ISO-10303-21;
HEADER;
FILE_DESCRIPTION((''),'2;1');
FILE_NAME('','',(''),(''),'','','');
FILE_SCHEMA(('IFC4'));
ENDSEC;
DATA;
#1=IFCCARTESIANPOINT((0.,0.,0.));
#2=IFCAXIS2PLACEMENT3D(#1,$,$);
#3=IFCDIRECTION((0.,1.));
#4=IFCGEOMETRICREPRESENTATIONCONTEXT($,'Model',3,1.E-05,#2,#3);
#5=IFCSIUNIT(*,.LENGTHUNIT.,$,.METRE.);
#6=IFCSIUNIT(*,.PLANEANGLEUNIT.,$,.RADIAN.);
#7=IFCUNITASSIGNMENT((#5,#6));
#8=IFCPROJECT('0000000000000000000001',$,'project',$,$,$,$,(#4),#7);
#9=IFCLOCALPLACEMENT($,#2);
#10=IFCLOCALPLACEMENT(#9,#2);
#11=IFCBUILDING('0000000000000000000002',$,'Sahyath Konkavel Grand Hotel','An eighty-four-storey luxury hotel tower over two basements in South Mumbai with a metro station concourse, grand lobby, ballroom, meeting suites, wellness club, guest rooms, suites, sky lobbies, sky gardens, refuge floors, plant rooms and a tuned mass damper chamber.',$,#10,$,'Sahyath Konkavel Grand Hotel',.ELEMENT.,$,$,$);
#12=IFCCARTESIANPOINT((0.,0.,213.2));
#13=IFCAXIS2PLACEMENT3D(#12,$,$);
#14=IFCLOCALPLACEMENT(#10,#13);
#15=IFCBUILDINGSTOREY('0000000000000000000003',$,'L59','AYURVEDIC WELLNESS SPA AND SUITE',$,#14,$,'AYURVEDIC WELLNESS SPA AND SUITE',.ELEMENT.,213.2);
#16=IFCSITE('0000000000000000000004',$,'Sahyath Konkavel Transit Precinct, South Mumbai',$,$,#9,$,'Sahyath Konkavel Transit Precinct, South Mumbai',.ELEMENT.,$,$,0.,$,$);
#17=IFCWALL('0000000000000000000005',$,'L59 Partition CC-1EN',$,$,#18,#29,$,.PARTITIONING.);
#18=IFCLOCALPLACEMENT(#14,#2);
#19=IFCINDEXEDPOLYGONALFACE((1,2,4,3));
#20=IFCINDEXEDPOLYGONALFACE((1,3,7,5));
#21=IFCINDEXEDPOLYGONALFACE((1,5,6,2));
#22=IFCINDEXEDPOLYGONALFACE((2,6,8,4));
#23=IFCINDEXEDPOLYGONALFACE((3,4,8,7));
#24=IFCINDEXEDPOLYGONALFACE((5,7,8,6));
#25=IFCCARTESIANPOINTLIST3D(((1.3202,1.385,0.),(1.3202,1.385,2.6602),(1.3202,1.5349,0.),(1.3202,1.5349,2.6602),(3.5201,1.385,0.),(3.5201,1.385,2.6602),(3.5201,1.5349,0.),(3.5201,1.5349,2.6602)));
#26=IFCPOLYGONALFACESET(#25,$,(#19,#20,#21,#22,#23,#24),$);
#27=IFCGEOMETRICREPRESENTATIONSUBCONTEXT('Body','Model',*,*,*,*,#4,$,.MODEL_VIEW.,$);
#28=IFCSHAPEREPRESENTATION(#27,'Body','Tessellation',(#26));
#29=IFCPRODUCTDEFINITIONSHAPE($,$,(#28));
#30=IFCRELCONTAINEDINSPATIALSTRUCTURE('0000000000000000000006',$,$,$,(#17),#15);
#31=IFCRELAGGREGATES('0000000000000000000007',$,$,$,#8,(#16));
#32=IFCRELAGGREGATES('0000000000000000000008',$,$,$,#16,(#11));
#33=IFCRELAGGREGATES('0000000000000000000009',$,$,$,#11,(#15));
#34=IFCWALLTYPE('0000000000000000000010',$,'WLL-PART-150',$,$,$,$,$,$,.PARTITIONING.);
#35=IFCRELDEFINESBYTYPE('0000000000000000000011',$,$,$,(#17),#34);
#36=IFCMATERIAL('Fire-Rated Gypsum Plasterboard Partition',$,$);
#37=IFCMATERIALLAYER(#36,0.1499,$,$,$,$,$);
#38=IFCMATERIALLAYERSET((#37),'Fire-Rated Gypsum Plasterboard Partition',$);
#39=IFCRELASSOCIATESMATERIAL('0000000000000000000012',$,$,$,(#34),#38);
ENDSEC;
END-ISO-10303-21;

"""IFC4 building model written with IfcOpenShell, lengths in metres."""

from ifc_helpers import new_model, si_unit, direction, frame, frame_2d, origin, place, context, subcontext, project, spatial, rectangle, extrude, material, layer, layer_set, type_object, element, save


model = new_model("IFC4")

# Units and contexts
model_context = context("Model", 3, precision=1e-05, world=origin(), true_north=direction((0.0, 1.0)))
body_context = subcontext(model_context, "Body", "Model", "MODEL_VIEW")
ifc_project = project(units=[si_unit("LENGTHUNIT", "METRE"), si_unit("PLANEANGLEUNIT", "RADIAN")], contexts=[model_context])

# Site, building, storey
site_placement = place(None, origin())
site = spatial("IfcSite", under=ifc_project, at=site_placement, Name="Sahyath Konkavel Transit Precinct, South Mumbai", LongName="Sahyath Konkavel Transit Precinct, South Mumbai", CompositionType="ELEMENT", RefElevation=0.0)
building_placement = place(site_placement, origin())
building = spatial("IfcBuilding", under=site, at=building_placement, Name="Sahyath Konkavel Grand Hotel", Description="An eighty-four-storey luxury hotel tower over two basements in South Mumbai with a metro station concourse, grand lobby, ballroom, meeting suites, wellness club, guest rooms, suites, sky lobbies, sky gardens, refuge floors, plant rooms and a tuned mass damper chamber.", LongName="Sahyath Konkavel Grand Hotel", CompositionType="ELEMENT")
storey_placement = place(building_placement, frame((0.0, 0.0, 213.2)))
storey = spatial("IfcBuildingStorey", under=building, at=storey_placement, Name="L59", Description="AYURVEDIC WELLNESS SPA AND SUITE", LongName="AYURVEDIC WELLNESS SPA AND SUITE", CompositionType="ELEMENT", Elevation=213.2)

# Wall
ifc_material_1 = material(Name="Fire-Rated Gypsum Plasterboard Partition")
ifc_layer_1 = layer(ifc_material_1, 0.1499)
ifc_layer_set_1 = layer_set([ifc_layer_1], Name="Fire-Rated Gypsum Plasterboard Partition")
wall_type_1 = type_object("IfcWallType", Name="WLL-PART-150", PredefinedType="PARTITIONING", material=ifc_layer_set_1)
wall_1_placement = place(storey_placement, frame((1.3201, 1.46, 0.0), z_axis=(0.0, 0.0, 1.0), x_axis=(1.0, 0.0, 0.0)))
element("IfcWall", 1, at=wall_1_placement, inside=storey, type_object=wall_type_1, Name="L59 Partition CC-1EN", PredefinedType="PARTITIONING", context=body_context, shape_type="SweptSolid", body=[
    extrude(rectangle(XDim=2.2, YDim=0.1499, at=frame_2d((1.1001, 0.0))), origin(), (0.0, 0.0, 1.0), 2.6602),
])

save(model, "model.ifc")
